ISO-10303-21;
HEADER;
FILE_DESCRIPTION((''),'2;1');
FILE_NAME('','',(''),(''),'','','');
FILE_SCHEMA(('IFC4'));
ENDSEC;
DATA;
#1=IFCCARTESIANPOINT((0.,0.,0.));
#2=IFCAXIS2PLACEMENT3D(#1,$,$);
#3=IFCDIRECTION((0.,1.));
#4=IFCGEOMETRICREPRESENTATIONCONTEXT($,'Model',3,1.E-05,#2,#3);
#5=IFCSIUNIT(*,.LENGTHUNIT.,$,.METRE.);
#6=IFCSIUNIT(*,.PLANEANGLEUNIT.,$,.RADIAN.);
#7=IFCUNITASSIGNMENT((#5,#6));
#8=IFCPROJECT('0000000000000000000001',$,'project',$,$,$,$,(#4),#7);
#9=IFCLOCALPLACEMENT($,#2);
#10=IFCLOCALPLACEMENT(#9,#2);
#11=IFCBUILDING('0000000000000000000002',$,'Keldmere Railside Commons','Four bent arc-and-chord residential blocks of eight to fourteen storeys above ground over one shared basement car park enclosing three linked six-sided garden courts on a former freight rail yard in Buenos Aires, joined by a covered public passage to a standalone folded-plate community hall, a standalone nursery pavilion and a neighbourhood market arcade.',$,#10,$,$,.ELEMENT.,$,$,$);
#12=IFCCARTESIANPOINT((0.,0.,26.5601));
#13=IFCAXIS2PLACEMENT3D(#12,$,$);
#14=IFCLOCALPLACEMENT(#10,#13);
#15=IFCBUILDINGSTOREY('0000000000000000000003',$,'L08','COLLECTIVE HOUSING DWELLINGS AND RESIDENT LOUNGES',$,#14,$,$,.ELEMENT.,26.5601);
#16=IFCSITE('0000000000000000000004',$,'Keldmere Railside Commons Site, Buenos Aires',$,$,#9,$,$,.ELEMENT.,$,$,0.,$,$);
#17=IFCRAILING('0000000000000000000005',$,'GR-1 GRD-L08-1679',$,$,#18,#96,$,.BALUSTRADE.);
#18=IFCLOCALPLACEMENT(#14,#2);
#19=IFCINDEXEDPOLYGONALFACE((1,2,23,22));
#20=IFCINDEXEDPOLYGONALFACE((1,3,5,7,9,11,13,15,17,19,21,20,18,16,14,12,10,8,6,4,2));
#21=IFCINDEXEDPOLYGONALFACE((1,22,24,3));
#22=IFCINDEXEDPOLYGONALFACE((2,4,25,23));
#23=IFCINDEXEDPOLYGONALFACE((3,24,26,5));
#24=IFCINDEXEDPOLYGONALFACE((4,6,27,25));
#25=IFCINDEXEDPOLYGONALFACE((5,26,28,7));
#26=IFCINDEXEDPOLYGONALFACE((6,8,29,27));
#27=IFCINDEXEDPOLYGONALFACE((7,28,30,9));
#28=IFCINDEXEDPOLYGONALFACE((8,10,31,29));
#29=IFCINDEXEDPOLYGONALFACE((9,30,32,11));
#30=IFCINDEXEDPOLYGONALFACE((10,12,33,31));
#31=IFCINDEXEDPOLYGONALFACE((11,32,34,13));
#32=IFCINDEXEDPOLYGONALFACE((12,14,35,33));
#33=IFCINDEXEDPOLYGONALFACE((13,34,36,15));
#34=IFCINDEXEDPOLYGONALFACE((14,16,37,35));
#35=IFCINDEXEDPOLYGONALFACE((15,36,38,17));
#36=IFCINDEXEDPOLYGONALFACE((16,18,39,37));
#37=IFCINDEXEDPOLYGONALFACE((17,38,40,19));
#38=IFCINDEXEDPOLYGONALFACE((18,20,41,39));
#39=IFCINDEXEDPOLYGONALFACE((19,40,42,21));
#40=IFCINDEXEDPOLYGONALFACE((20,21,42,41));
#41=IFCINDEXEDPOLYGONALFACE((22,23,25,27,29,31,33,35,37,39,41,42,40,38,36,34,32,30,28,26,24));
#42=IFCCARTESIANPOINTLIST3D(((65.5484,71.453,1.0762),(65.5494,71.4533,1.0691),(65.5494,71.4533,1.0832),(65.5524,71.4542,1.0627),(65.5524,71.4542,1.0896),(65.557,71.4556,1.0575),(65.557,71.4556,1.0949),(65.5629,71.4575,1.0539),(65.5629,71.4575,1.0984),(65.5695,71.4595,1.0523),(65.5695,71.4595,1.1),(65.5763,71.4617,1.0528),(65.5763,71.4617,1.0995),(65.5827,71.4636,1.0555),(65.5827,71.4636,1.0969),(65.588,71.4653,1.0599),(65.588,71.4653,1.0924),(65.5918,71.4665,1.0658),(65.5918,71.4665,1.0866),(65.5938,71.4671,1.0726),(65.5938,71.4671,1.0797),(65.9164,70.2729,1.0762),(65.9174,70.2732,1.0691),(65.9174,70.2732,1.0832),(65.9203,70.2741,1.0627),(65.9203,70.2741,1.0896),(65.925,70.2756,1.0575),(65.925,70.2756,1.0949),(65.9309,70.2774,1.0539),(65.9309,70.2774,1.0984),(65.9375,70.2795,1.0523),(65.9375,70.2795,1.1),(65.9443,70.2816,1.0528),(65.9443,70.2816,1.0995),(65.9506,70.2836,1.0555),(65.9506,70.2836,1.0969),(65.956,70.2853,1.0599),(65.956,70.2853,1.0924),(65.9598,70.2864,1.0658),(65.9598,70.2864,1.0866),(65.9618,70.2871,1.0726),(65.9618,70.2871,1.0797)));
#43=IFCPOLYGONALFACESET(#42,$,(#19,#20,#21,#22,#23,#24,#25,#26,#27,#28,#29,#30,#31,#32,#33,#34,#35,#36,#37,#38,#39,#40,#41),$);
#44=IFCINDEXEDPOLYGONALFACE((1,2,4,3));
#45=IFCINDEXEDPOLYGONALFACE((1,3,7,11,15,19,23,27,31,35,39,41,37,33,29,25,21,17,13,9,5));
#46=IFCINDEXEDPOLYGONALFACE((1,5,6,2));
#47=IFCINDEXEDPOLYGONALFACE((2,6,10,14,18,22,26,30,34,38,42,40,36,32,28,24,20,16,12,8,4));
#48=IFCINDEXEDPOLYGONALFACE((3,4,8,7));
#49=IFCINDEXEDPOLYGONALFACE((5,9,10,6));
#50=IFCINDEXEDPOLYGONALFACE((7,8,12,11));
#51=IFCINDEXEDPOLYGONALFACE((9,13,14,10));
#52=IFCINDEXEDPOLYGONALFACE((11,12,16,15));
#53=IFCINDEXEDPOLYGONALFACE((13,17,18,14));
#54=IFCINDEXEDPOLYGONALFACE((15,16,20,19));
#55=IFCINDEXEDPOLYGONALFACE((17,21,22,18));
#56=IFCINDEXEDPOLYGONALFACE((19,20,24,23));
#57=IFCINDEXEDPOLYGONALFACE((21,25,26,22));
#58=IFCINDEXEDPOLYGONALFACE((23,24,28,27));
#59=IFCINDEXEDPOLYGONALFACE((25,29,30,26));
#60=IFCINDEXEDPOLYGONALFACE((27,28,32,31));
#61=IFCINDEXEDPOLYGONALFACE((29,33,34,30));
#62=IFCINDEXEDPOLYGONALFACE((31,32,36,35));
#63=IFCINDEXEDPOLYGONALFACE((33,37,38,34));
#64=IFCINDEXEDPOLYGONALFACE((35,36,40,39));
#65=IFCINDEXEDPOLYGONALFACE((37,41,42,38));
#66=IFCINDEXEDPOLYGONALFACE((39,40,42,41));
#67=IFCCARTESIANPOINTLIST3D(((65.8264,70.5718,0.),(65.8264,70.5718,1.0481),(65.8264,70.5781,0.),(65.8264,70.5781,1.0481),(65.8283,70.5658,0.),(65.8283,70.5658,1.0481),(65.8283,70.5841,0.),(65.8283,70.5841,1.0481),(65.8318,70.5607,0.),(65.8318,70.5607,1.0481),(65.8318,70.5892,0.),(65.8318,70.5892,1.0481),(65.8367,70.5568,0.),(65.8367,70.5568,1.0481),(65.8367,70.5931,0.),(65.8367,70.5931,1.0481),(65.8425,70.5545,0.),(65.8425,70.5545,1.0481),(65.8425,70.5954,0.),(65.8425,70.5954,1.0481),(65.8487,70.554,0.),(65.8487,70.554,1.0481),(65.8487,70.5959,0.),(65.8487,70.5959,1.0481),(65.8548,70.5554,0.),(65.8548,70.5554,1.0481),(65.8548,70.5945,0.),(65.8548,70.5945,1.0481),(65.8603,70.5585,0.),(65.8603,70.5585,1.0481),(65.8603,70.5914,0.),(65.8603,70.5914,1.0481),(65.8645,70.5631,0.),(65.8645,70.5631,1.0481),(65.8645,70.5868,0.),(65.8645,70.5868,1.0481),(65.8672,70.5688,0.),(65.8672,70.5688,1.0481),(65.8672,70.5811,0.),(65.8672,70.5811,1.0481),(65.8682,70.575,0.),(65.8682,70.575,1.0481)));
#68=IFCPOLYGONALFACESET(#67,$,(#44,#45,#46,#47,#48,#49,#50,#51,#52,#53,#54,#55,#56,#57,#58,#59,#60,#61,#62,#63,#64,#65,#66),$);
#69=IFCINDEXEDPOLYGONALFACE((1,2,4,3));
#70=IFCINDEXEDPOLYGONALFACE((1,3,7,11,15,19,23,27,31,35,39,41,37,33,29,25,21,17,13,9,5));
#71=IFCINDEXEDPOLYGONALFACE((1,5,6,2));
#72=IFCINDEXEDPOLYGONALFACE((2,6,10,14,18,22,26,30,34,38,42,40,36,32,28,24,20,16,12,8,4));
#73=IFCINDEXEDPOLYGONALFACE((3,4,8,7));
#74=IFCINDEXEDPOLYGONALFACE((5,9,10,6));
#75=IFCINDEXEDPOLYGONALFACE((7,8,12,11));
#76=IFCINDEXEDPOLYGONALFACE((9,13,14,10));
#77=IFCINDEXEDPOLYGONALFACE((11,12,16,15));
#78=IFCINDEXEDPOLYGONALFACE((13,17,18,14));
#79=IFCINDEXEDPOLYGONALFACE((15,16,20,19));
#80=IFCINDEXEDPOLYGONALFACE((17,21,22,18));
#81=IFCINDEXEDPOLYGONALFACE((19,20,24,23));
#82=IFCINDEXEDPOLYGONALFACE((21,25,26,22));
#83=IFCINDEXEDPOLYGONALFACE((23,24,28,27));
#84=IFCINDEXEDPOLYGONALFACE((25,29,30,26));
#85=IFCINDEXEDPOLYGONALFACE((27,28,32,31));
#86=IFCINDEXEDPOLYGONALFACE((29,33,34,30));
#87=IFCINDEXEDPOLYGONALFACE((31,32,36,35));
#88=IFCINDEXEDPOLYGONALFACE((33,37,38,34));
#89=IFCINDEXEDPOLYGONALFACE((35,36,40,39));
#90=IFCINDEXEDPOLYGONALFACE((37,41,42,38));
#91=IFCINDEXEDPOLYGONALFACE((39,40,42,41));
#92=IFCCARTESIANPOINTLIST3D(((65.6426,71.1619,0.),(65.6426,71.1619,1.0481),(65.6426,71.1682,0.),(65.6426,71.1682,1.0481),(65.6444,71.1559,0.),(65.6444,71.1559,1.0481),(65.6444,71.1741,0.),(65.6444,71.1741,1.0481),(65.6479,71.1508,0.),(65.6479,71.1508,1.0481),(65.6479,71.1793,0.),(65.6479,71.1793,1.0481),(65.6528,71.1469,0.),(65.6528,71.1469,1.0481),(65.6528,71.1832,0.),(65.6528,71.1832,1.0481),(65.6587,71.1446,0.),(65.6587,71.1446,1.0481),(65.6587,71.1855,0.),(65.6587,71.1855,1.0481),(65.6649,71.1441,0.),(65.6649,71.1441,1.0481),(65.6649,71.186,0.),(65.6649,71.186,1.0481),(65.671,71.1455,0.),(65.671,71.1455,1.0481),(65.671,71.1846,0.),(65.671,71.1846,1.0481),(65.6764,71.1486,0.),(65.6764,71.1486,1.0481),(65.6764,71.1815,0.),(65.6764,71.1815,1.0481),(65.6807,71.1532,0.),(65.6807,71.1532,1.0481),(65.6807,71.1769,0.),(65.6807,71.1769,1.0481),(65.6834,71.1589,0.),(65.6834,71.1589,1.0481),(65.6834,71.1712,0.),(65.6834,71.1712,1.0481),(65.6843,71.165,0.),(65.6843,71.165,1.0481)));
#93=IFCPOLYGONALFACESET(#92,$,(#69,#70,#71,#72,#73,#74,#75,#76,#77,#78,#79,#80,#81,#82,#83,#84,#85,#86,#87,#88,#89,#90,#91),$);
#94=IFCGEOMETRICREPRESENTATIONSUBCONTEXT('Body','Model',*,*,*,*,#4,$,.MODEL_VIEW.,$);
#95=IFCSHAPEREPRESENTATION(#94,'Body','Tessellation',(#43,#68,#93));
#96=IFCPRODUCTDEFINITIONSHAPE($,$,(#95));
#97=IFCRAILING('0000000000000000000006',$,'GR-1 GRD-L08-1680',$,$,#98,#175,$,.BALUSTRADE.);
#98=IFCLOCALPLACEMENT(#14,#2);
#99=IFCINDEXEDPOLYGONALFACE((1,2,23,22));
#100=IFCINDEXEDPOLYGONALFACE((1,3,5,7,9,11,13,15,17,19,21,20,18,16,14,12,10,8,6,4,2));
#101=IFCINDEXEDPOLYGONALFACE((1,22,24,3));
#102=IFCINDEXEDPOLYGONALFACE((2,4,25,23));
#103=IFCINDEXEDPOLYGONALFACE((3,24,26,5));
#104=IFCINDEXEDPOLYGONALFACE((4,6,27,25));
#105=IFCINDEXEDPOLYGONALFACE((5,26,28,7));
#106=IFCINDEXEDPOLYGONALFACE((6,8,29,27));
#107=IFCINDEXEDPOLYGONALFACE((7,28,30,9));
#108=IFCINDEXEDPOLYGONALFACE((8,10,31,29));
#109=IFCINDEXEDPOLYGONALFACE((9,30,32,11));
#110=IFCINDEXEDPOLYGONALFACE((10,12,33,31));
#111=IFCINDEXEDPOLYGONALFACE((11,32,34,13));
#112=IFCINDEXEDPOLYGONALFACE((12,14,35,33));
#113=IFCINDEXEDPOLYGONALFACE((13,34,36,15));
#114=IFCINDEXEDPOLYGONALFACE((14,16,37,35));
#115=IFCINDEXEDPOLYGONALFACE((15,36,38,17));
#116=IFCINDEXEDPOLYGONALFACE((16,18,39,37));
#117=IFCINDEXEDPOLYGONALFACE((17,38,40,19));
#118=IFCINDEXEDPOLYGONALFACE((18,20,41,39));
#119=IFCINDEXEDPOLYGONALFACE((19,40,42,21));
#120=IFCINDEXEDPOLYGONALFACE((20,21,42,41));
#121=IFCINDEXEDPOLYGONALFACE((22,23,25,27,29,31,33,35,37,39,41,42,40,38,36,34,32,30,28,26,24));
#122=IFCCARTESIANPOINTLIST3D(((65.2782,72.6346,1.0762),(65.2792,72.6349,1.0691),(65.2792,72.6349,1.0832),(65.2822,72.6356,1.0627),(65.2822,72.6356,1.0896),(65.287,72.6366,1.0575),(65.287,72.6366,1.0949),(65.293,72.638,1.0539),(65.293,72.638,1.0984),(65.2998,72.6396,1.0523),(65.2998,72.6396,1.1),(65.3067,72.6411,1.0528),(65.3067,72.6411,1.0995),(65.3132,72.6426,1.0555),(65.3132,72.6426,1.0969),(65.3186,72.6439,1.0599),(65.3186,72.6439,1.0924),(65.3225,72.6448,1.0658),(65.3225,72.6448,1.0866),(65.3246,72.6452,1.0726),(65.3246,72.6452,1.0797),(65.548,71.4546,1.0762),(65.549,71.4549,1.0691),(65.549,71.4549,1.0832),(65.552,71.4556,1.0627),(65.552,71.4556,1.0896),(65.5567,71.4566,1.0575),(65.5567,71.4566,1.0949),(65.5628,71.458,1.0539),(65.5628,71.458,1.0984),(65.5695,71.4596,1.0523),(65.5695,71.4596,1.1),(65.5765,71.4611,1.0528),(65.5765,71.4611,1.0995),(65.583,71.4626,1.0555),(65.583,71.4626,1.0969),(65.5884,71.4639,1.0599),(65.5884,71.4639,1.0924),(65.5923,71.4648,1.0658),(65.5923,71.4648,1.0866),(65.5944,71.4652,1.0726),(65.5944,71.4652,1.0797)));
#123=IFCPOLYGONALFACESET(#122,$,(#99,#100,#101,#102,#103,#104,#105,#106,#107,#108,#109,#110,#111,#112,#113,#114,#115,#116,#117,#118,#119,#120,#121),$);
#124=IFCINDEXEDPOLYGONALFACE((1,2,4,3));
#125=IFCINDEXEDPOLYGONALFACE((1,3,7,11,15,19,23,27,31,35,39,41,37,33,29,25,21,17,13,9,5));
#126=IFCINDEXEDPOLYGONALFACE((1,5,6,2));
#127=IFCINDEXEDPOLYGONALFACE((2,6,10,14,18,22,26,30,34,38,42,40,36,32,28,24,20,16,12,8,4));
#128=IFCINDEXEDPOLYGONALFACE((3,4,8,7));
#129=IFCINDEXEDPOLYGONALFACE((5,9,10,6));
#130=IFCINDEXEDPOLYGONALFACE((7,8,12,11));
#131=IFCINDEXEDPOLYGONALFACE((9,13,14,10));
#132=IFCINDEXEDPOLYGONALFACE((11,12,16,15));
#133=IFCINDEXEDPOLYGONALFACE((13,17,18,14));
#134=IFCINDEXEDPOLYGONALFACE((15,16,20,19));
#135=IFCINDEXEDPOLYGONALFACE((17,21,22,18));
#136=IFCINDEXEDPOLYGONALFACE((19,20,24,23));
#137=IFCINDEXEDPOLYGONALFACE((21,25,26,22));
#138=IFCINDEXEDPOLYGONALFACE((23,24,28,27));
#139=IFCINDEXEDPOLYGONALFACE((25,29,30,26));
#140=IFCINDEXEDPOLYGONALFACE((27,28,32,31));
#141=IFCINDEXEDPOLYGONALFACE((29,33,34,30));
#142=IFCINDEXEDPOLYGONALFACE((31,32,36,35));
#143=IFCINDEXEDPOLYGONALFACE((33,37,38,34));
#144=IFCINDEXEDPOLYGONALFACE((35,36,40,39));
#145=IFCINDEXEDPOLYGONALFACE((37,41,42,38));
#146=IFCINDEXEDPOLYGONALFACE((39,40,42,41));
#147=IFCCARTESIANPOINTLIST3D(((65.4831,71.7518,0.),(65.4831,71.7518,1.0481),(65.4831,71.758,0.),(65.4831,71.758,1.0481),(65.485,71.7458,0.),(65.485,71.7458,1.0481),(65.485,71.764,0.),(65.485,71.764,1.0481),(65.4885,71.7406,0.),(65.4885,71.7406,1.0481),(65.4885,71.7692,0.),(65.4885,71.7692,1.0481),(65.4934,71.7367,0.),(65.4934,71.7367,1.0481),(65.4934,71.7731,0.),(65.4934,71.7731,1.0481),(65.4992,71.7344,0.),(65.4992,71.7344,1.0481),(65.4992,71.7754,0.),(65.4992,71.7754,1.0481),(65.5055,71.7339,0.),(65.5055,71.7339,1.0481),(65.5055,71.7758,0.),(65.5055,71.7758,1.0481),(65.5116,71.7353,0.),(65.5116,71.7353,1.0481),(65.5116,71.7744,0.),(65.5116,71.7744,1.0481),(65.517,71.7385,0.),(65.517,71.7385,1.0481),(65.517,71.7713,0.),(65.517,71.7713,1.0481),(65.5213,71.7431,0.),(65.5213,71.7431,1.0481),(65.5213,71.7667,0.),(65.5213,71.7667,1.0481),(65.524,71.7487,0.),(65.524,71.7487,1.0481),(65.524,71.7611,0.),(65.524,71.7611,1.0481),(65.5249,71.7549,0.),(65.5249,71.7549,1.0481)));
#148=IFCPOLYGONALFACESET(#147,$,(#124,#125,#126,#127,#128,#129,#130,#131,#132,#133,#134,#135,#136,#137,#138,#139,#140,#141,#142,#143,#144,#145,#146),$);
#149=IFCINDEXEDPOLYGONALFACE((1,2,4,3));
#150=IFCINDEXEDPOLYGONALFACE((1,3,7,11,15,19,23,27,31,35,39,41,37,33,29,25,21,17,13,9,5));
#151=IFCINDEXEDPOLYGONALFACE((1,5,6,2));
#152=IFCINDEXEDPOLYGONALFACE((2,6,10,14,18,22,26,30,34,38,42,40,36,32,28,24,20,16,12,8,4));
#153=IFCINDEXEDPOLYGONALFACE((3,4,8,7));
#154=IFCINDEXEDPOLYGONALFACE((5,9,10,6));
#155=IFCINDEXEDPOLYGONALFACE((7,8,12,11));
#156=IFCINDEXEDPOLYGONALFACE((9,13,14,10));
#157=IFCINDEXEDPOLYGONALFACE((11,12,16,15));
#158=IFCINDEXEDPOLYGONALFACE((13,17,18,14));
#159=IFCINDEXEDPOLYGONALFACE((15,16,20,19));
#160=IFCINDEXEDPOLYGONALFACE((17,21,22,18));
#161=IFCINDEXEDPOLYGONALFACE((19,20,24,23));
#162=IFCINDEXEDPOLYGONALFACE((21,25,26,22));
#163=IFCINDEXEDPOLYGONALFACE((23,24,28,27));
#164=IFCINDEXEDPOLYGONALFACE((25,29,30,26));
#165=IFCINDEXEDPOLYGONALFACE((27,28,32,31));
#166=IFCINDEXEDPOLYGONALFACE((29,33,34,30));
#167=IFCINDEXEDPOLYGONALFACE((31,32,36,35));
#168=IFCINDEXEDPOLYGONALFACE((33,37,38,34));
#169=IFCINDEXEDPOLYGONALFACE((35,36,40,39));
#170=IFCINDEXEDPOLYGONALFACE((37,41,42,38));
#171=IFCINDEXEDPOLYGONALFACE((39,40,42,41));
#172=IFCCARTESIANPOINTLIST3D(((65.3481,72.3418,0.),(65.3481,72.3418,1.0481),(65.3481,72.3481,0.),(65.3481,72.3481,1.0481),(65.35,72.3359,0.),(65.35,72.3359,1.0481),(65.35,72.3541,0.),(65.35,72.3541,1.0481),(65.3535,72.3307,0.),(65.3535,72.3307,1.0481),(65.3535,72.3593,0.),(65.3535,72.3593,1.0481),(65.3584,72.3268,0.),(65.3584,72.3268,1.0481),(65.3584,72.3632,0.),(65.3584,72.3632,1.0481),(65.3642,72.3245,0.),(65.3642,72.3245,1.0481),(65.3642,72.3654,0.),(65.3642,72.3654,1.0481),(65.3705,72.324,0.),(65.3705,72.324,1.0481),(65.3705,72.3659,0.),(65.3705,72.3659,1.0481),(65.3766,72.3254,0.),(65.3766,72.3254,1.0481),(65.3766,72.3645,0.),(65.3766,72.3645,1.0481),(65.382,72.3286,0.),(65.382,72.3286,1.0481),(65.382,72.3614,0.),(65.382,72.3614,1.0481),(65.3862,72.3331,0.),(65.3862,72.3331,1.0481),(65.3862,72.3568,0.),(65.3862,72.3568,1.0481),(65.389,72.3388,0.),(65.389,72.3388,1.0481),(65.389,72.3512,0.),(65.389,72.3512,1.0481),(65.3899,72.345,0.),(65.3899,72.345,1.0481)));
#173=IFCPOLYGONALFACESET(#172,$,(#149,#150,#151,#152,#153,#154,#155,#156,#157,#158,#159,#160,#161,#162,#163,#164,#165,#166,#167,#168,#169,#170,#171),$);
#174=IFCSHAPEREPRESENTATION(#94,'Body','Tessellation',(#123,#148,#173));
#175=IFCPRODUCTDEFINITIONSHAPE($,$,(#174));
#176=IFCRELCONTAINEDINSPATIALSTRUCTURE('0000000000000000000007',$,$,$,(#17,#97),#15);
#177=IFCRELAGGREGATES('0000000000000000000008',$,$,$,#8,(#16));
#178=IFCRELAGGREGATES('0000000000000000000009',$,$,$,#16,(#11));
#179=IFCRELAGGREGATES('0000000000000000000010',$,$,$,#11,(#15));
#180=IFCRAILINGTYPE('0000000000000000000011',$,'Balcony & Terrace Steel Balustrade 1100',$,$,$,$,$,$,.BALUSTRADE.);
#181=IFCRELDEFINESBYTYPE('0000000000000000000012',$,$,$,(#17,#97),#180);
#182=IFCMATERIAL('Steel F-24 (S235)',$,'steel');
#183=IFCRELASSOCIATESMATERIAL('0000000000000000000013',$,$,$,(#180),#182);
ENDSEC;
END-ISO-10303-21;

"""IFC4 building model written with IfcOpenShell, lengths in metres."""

from ifc_helpers import new_model, si_unit, direction, frame, origin, origin_2d, place, context, subcontext, project, spatial, circle, extrude, material, type_object, element, save


model = new_model("IFC4")

# Units and contexts
model_context = context("Model", 3, precision=1e-05, world=origin(), true_north=direction((0.0, 1.0)))
body_context = subcontext(model_context, "Body", "Model", "MODEL_VIEW")
ifc_project = project(units=[si_unit("LENGTHUNIT", "METRE"), si_unit("PLANEANGLEUNIT", "RADIAN")], contexts=[model_context])

# Site, building, storey
site_placement = place(None, origin())
site = spatial("IfcSite", under=ifc_project, at=site_placement, Name="Keldmere Railside Commons Site, Buenos Aires", CompositionType="ELEMENT", RefElevation=0.0)
building_placement = place(site_placement, origin())
building = spatial("IfcBuilding", under=site, at=building_placement, Name="Keldmere Railside Commons", Description="Four bent arc-and-chord residential blocks of eight to fourteen storeys above ground over one shared basement car park enclosing three linked six-sided garden courts on a former freight rail yard in Buenos Aires, joined by a covered public passage to a standalone folded-plate community hall, a standalone nursery pavilion and a neighbourhood market arcade.", CompositionType="ELEMENT")
storey_placement = place(building_placement, frame((0.0, 0.0, 26.5601)))
storey = spatial("IfcBuildingStorey", under=building, at=storey_placement, Name="L08", Description="COLLECTIVE HOUSING DWELLINGS AND RESIDENT LOUNGES", CompositionType="ELEMENT", Elevation=26.5601)

# Railings
ifc_material_1 = material(Name="Steel F-24 (S235)", Category="steel")
railing_type = type_object("IfcRailingType", Name="Balcony & Terrace Steel Balustrade 1100", PredefinedType="BALUSTRADE", material=ifc_material_1)
railing_1_placement = place(storey_placement, frame((65.9392, 70.28, 0.0)))
element("IfcRailing", 1, at=railing_1_placement, inside=storey, type_object=railing_type, Name="GR-1 GRD-L08-1679", PredefinedType="BALUSTRADE", context=body_context, shape_type="SweptSolid", body=[
    extrude(circle(Radius=0.0239, at=origin_2d()), frame((0.0, 0.0, 1.0762), z_axis=(-0.297679, 0.954666, 0.0), x_axis=(-0.954666, -0.297679, 0.0)), (0.0, 0.0, 1.0), 1.2361),
    extrude(circle(Radius=0.021, at=origin_2d()), frame((-0.092, 0.2949, 0.0)), (0.0, 0.0, 1.0), 1.0481),
    extrude(circle(Radius=0.021, at=origin_2d()), frame((-0.2759, 0.885, 0.0)), (0.0, 0.0, 1.0), 1.0481),
])
railing_2_placement = place(storey_placement, frame((65.5713, 71.46, 0.0)))
element("IfcRailing", 2, at=railing_2_placement, inside=storey, type_object=railing_type, Name="GR-1 GRD-L08-1680", PredefinedType="BALUSTRADE", context=body_context, shape_type="SweptSolid", body=[
    extrude(circle(Radius=0.0239, at=origin_2d()), frame((0.0, 0.0, 1.0762), z_axis=(-0.222885, 0.974845, 0.0), x_axis=(-0.974845, -0.222885, 0.0)), (0.0, 0.0, 1.0), 1.2104),
    extrude(circle(Radius=0.021, at=origin_2d()), frame((-0.0674, 0.2949, 0.0)), (0.0, 0.0, 1.0), 1.0481),
    extrude(circle(Radius=0.021, at=origin_2d()), frame((-0.2024, 0.885, 0.0)), (0.0, 0.0, 1.0), 1.0481),
])

save(model, "model.ifc")
